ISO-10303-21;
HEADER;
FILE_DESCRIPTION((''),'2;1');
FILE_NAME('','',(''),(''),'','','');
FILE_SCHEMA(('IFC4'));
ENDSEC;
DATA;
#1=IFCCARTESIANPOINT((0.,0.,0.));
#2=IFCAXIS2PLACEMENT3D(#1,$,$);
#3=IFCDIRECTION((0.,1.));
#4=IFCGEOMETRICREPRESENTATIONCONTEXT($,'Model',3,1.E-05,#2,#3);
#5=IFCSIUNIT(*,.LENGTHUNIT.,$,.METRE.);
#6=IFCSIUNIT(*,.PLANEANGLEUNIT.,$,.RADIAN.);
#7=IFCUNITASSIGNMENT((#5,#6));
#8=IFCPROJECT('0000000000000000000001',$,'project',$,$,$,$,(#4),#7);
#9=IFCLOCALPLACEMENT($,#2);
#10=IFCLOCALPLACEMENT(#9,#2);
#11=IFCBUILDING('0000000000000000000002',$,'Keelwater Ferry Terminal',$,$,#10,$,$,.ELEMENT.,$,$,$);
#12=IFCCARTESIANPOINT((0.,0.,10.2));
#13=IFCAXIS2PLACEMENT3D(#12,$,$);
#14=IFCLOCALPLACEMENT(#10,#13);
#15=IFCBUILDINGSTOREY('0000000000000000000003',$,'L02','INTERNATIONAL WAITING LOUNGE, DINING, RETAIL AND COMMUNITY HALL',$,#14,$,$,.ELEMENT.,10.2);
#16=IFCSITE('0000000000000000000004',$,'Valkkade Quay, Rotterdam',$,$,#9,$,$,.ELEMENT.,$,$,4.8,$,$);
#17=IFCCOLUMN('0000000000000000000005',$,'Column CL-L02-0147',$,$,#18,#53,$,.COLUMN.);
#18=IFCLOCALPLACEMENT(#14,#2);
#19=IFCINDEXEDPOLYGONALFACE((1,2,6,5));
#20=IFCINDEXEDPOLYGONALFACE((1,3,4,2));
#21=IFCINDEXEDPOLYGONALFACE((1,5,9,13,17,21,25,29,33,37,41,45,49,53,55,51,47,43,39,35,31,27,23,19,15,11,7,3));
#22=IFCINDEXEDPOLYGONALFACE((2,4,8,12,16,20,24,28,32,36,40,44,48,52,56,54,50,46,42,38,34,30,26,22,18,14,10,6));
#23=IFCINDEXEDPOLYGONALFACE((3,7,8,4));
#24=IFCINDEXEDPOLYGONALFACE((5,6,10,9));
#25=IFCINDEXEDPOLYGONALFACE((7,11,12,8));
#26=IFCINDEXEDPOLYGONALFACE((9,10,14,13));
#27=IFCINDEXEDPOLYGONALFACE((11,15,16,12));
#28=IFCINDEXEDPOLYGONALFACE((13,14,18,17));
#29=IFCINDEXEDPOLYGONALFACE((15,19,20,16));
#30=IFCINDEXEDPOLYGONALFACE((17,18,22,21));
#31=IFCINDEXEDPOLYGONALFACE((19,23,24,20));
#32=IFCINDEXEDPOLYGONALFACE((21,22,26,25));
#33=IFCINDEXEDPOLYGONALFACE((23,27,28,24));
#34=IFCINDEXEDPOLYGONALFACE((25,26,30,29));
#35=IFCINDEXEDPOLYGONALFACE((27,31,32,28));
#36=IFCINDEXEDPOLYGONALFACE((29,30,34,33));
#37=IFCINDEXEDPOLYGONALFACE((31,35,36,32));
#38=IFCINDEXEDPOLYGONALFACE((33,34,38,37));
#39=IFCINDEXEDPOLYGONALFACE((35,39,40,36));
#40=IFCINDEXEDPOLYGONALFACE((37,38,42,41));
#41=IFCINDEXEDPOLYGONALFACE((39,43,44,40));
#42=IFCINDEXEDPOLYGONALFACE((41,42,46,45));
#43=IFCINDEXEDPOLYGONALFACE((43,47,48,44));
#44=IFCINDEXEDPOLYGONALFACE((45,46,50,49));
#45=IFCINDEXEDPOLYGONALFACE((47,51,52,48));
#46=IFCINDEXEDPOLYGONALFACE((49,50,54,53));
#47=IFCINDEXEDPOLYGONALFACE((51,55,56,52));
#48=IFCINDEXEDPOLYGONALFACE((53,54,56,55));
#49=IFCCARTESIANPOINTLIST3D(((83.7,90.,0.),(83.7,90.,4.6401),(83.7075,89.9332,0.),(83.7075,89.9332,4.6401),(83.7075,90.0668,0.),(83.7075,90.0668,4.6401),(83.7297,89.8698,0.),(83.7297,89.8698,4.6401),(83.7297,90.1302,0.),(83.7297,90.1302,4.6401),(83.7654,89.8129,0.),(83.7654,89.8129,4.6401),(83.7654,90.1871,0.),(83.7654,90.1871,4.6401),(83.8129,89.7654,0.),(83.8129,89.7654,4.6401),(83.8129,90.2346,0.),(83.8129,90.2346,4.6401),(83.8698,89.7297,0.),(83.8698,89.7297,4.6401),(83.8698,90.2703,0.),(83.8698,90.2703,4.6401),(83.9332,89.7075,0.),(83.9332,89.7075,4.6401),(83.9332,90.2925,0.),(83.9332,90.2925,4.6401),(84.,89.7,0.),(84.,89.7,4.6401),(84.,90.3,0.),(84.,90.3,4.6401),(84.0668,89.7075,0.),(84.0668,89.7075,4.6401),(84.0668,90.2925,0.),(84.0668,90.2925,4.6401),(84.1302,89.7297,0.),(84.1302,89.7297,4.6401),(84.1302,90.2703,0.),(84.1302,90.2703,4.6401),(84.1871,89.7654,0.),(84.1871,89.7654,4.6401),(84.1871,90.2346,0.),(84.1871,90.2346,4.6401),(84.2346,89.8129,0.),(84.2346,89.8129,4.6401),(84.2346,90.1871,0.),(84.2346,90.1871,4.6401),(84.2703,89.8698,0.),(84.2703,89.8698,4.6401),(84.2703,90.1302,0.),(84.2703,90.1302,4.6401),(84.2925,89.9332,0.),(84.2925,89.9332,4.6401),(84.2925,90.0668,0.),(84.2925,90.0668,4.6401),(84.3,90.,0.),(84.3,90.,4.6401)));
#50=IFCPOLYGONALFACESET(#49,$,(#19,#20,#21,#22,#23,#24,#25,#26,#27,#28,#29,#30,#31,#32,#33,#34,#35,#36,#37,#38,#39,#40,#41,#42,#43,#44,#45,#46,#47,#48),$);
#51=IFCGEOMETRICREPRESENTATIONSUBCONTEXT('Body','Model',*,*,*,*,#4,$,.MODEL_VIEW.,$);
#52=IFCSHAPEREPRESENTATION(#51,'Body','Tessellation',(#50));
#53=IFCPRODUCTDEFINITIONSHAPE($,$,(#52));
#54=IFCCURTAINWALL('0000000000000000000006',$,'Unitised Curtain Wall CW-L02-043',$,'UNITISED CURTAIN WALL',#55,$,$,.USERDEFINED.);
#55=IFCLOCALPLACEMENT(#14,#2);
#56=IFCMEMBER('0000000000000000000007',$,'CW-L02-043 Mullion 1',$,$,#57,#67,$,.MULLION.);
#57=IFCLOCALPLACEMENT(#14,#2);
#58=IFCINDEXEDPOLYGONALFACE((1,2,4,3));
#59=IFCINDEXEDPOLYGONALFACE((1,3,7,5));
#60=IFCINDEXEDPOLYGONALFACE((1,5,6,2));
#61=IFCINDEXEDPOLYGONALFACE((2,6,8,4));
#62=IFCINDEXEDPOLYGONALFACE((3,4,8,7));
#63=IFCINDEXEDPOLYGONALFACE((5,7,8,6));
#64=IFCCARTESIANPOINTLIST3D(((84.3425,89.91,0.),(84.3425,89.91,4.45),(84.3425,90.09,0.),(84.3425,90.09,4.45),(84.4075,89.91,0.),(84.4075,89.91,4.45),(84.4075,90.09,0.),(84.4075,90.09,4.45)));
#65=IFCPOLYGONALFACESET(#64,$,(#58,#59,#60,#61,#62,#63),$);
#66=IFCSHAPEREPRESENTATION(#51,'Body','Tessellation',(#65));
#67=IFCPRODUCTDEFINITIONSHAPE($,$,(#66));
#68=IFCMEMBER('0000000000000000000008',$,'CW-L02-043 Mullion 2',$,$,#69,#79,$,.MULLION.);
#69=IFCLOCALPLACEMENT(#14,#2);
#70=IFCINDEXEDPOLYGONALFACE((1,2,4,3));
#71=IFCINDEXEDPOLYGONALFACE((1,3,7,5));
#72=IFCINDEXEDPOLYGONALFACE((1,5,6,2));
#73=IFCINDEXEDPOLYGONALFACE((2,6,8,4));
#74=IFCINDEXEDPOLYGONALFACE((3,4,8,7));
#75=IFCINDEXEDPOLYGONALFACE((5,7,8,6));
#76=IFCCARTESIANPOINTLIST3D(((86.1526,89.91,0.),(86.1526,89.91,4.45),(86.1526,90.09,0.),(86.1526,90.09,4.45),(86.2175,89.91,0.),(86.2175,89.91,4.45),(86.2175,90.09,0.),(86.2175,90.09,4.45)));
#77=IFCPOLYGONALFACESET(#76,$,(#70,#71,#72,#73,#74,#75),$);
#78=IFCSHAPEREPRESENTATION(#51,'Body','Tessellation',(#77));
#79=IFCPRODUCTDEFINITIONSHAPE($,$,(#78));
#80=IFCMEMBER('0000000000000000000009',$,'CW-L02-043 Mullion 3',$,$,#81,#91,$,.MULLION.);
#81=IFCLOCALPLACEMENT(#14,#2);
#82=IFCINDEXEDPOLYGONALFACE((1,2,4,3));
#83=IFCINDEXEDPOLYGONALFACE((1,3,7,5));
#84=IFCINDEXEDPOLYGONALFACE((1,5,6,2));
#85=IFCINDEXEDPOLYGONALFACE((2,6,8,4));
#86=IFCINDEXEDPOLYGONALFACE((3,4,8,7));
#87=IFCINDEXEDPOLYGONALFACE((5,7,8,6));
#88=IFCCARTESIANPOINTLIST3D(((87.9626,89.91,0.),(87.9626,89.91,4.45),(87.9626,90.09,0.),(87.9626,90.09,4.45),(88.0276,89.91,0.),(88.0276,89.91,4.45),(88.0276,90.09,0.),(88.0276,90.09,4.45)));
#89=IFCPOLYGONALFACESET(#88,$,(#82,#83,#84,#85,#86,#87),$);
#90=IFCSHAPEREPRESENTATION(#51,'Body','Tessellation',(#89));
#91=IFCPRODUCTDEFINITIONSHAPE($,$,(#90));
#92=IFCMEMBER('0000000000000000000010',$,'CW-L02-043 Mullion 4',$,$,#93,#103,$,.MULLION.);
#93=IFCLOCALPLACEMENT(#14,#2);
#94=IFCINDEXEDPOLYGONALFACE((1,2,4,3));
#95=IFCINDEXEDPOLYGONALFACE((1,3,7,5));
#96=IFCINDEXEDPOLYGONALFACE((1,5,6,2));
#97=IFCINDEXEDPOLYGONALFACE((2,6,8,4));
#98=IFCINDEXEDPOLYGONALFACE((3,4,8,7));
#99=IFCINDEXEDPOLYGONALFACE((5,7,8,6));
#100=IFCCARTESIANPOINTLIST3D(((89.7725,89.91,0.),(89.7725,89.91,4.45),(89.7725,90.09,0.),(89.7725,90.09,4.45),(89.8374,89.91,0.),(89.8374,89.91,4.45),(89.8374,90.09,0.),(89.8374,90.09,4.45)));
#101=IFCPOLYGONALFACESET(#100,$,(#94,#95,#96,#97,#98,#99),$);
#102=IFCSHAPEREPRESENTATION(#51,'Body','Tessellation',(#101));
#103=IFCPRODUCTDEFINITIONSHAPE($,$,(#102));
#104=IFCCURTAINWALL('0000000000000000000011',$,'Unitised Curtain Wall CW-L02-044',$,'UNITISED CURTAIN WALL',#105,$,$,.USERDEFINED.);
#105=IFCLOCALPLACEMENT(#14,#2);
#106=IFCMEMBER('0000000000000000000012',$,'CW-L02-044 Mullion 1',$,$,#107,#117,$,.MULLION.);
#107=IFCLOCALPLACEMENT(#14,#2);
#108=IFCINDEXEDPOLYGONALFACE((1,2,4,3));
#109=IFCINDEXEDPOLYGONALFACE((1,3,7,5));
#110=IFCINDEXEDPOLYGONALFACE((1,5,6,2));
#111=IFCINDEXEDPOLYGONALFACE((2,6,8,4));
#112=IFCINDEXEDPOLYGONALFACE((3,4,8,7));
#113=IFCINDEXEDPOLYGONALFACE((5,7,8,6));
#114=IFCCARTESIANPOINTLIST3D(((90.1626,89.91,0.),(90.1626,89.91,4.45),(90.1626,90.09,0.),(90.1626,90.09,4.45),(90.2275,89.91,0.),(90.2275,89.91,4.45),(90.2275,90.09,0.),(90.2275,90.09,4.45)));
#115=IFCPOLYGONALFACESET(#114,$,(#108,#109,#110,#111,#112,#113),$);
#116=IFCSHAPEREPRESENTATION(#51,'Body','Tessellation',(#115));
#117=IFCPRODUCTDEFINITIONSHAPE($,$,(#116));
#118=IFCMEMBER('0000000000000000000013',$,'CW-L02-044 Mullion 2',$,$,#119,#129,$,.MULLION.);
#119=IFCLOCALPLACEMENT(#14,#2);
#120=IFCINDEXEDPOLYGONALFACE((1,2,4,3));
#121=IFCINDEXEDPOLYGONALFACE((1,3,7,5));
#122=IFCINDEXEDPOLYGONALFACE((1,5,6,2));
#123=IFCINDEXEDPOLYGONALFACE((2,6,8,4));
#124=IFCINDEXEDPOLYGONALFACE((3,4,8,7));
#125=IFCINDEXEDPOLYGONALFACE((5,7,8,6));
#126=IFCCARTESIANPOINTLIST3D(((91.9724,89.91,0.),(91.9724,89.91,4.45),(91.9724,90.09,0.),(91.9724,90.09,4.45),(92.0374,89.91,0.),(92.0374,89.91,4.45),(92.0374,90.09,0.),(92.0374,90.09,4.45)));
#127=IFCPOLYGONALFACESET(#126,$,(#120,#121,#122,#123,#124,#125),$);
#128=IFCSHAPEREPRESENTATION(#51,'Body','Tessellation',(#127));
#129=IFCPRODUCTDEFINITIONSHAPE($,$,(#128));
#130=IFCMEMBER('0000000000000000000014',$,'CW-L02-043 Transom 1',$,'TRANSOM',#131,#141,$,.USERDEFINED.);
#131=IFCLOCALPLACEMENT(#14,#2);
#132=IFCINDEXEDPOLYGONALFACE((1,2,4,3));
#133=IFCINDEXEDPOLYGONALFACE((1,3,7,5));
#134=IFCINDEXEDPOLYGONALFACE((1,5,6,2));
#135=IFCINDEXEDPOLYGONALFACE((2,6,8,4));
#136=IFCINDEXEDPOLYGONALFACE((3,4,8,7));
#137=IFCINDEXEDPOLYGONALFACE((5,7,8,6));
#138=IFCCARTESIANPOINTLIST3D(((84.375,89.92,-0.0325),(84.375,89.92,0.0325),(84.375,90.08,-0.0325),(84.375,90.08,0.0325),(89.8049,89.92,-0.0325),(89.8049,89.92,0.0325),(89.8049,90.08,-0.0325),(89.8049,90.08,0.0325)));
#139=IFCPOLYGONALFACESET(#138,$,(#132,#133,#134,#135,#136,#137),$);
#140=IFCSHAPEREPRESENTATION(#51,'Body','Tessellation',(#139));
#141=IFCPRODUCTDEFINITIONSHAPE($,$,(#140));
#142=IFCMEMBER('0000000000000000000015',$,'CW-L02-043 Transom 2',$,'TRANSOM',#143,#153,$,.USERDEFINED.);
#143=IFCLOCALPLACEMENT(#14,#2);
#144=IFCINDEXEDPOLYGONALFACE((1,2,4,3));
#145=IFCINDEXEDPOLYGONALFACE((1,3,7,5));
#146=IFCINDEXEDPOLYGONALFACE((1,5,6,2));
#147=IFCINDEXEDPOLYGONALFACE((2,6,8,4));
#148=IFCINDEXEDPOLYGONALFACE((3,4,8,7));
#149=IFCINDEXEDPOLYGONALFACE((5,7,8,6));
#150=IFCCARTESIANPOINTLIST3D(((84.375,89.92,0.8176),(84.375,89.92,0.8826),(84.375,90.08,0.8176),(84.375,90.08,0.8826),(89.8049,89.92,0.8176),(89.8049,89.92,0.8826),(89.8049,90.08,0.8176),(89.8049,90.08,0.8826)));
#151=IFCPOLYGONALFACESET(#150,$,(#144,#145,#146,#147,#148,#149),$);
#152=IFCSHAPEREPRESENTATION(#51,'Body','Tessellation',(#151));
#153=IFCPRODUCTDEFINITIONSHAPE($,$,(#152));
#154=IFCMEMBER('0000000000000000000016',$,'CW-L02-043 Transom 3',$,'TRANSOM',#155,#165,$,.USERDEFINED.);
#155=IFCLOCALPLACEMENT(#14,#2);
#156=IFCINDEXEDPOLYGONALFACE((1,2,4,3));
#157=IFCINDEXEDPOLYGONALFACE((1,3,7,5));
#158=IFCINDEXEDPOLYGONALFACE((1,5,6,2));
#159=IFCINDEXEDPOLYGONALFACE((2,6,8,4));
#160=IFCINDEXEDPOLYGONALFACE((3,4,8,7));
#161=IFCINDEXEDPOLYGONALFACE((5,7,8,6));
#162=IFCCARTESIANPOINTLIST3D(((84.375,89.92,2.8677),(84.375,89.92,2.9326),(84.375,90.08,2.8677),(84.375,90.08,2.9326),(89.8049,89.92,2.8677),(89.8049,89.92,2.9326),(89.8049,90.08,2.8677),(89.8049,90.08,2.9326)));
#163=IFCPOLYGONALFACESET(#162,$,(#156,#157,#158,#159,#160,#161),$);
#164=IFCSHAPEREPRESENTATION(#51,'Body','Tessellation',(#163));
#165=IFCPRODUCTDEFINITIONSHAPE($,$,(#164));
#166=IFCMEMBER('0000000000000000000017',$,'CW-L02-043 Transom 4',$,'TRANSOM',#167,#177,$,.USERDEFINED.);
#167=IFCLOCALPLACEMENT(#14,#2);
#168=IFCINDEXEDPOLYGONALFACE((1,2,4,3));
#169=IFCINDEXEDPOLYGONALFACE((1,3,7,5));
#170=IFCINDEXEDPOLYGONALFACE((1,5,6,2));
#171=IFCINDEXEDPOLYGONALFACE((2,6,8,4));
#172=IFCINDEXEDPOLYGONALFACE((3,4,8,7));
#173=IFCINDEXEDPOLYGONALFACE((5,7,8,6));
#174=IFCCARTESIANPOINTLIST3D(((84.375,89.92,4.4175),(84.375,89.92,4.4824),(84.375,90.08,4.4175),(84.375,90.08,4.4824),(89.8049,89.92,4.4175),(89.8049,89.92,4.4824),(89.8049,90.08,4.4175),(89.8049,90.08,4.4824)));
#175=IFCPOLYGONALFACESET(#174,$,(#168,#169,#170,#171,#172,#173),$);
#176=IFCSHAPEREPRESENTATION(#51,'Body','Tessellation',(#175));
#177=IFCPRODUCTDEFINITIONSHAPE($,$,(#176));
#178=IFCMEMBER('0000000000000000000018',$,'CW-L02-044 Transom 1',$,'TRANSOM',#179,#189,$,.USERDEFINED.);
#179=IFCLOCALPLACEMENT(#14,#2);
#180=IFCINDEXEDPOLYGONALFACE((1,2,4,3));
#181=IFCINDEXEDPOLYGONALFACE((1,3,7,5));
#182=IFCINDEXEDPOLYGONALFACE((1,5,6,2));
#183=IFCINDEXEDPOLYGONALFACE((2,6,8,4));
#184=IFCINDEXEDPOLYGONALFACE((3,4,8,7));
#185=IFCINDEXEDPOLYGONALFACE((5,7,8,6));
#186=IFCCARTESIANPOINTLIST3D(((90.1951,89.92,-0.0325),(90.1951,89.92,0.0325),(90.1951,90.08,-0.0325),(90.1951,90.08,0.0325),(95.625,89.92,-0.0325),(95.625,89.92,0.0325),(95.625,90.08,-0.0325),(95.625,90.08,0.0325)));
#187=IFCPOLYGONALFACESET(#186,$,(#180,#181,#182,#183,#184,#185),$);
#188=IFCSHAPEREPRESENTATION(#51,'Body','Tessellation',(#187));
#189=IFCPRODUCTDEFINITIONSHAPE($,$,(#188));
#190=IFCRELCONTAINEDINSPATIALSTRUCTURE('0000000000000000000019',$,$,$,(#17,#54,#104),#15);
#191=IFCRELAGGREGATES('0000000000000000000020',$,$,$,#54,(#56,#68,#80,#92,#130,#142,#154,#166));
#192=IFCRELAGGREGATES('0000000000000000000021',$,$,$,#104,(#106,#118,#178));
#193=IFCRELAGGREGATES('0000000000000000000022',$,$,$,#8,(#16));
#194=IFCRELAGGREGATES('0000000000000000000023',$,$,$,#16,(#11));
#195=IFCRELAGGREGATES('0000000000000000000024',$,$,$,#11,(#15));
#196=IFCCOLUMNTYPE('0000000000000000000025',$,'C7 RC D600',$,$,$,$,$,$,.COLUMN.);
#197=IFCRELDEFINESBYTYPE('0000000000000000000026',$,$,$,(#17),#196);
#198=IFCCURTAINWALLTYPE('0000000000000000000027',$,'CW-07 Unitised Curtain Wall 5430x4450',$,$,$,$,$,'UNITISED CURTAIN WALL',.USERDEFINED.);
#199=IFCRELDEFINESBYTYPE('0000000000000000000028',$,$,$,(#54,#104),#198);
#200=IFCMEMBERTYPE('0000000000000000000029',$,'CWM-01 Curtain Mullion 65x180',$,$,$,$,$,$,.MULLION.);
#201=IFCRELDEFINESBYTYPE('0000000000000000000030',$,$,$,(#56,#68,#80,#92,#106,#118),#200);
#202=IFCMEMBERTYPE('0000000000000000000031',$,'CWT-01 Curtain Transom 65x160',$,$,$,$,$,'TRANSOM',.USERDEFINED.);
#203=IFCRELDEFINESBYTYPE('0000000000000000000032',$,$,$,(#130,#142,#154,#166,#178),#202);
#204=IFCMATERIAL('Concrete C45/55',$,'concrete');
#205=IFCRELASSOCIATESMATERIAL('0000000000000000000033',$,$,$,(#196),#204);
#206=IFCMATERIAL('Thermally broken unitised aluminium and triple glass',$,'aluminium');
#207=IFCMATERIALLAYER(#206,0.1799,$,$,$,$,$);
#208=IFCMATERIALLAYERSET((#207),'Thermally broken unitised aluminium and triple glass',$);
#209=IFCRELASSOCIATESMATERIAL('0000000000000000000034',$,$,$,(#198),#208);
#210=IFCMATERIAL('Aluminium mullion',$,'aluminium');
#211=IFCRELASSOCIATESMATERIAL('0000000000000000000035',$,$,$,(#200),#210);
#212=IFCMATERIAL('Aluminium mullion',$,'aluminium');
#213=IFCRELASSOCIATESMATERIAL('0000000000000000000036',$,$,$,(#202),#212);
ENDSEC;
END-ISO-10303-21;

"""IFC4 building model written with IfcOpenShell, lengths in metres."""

from ifc_helpers import new_model, si_unit, direction, frame, origin, origin_2d, place, context, subcontext, project, spatial, rectangle, circle, extrude, material, layer, layer_set, material_profile, profile_set, type_object, element, aggregate, save


model = new_model("IFC4")

# Units and contexts
model_context = context("Model", 3, precision=1e-05, world=origin(), true_north=direction((0.0, 1.0)))
body_context = subcontext(model_context, "Body", "Model", "MODEL_VIEW")
ifc_project = project(units=[si_unit("LENGTHUNIT", "METRE"), si_unit("PLANEANGLEUNIT", "RADIAN")], contexts=[model_context])

# Site, building, storey
site_placement = place(None, origin())
site = spatial("IfcSite", under=ifc_project, at=site_placement, Name="Valkkade Quay, Rotterdam", CompositionType="ELEMENT", RefElevation=4.8)
building_placement = place(site_placement, origin())
building = spatial("IfcBuilding", under=site, at=building_placement, Name="Keelwater Ferry Terminal", CompositionType="ELEMENT")
storey_placement = place(building_placement, frame((0.0, 0.0, 10.2)))
storey = spatial("IfcBuildingStorey", under=building, at=storey_placement, Name="L02", Description="INTERNATIONAL WAITING LOUNGE, DINING, RETAIL AND COMMUNITY HALL", CompositionType="ELEMENT", Elevation=10.2)

# Column
ifc_material_1 = material(Name="Concrete C45/55", Category="concrete")
ifc_material_profile_1 = material_profile(ifc_material_1, circle(Radius=0.3, at=origin_2d()), Name="RC D600")
ifc_profile_set_1 = profile_set([ifc_material_profile_1], Name="Concrete C45/55")
column_type = type_object("IfcColumnType", Name="C7 RC D600", PredefinedType="COLUMN", material=ifc_profile_set_1)
column_placement = place(storey_placement, frame((84.0, 90.0, 0.0), z_axis=(0.0, 0.0, 1.0), x_axis=(1.0, 0.0, 0.0)))
element("IfcColumn", 1, at=column_placement, inside=storey, type_object=column_type, Name="Column CL-L02-0147", PredefinedType="COLUMN", context=body_context, shape_type="SweptSolid", body=[
    extrude(circle(Radius=0.3, at=origin_2d()), origin(), (0.0, 0.0, 1.0), 4.6401),
])

# Curtain walls, members
ifc_material_2 = material(Name="Thermally broken unitised aluminium and triple glass", Category="aluminium")
ifc_layer_1 = layer(ifc_material_2, 0.1799)
ifc_layer_set_1 = layer_set([ifc_layer_1], Name="Thermally broken unitised aluminium and triple glass")
curtain_wall_type = type_object("IfcCurtainWallType", Name="CW-07 Unitised Curtain Wall 5430x4450", ElementType="UNITISED CURTAIN WALL", PredefinedType="USERDEFINED", material=ifc_layer_set_1)
curtain_wall_1_placement = place(storey_placement, origin())
curtain_wall_1 = element("IfcCurtainWall", 2, at=curtain_wall_1_placement, inside=storey, type_object=curtain_wall_type, Name="Unitised Curtain Wall CW-L02-043", ObjectType="UNITISED CURTAIN WALL", PredefinedType="USERDEFINED")
ifc_material_3 = material(Name="Aluminium mullion", Category="aluminium")
ifc_material_profile_2 = material_profile(ifc_material_3, rectangle(XDim=0.0649, YDim=0.1799, at=origin_2d()), Name="CWM-01")
ifc_profile_set_2 = profile_set([ifc_material_profile_2], Name="Aluminium mullion")
member_type_1 = type_object("IfcMemberType", Name="CWM-01 Curtain Mullion 65x180", PredefinedType="MULLION", material=ifc_profile_set_2)
member_1_placement = place(storey_placement, frame((84.375, 90.0, 0.0), z_axis=(0.0, 0.0, 1.0), x_axis=(1.0, 0.0, 0.0)))
member_1 = element("IfcMember", 3, at=member_1_placement, type_object=member_type_1, Name="CW-L02-043 Mullion 1", PredefinedType="MULLION", context=body_context, shape_type="SweptSolid", body=[
    extrude(rectangle(XDim=0.0649, YDim=0.1799, at=origin_2d()), origin(), (0.0, 0.0, 1.0), 4.45),
])
member_2_placement = place(storey_placement, frame((86.1851, 90.0, 0.0), z_axis=(0.0, 0.0, 1.0), x_axis=(1.0, 0.0, 0.0)))
member_2 = element("IfcMember", 4, at=member_2_placement, type_object=member_type_1, Name="CW-L02-043 Mullion 2", PredefinedType="MULLION", context=body_context, shape_type="SweptSolid", body=[
    extrude(rectangle(XDim=0.0649, YDim=0.1799, at=origin_2d()), origin(), (0.0, 0.0, 1.0), 4.45),
])
member_3_placement = place(storey_placement, frame((87.9951, 90.0, 0.0), z_axis=(0.0, 0.0, 1.0), x_axis=(1.0, 0.0, 0.0)))
member_3 = element("IfcMember", 5, at=member_3_placement, type_object=member_type_1, Name="CW-L02-043 Mullion 3", PredefinedType="MULLION", context=body_context, shape_type="SweptSolid", body=[
    extrude(rectangle(XDim=0.0649, YDim=0.1799, at=origin_2d()), origin(), (0.0, 0.0, 1.0), 4.45),
])
member_4_placement = place(storey_placement, frame((89.8049, 90.0, 0.0), z_axis=(0.0, 0.0, 1.0), x_axis=(1.0, 0.0, 0.0)))
member_4 = element("IfcMember", 6, at=member_4_placement, type_object=member_type_1, Name="CW-L02-043 Mullion 4", PredefinedType="MULLION", context=body_context, shape_type="SweptSolid", body=[
    extrude(rectangle(XDim=0.0649, YDim=0.1799, at=origin_2d()), origin(), (0.0, 0.0, 1.0), 4.45),
])
curtain_wall_2_placement = place(storey_placement, origin())
curtain_wall_2 = element("IfcCurtainWall", 7, at=curtain_wall_2_placement, inside=storey, type_object=curtain_wall_type, Name="Unitised Curtain Wall CW-L02-044", ObjectType="UNITISED CURTAIN WALL", PredefinedType="USERDEFINED")
member_5_placement = place(storey_placement, frame((90.1951, 90.0, 0.0), z_axis=(0.0, 0.0, 1.0), x_axis=(1.0, 0.0, 0.0)))
member_5 = element("IfcMember", 8, at=member_5_placement, type_object=member_type_1, Name="CW-L02-044 Mullion 1", PredefinedType="MULLION", context=body_context, shape_type="SweptSolid", body=[
    extrude(rectangle(XDim=0.0649, YDim=0.1799, at=origin_2d()), origin(), (0.0, 0.0, 1.0), 4.45),
])
member_6_placement = place(storey_placement, frame((92.0049, 90.0, 0.0), z_axis=(0.0, 0.0, 1.0), x_axis=(1.0, 0.0, 0.0)))
member_6 = element("IfcMember", 9, at=member_6_placement, type_object=member_type_1, Name="CW-L02-044 Mullion 2", PredefinedType="MULLION", context=body_context, shape_type="SweptSolid", body=[
    extrude(rectangle(XDim=0.0649, YDim=0.1799, at=origin_2d()), origin(), (0.0, 0.0, 1.0), 4.45),
])

# Members
ifc_material_4 = material(Name="Aluminium mullion", Category="aluminium")
ifc_material_profile_3 = material_profile(ifc_material_4, rectangle(XDim=0.1599, YDim=0.0649, at=origin_2d()), Name="CWT-01")
ifc_profile_set_3 = profile_set([ifc_material_profile_3], Name="Aluminium mullion")
member_type_2 = type_object("IfcMemberType", Name="CWT-01 Curtain Transom 65x160", ElementType="TRANSOM", PredefinedType="USERDEFINED", material=ifc_profile_set_3)
member_7_placement = place(storey_placement, frame((84.375, 90.0, 0.0), z_axis=(1.0, 0.0, 0.0), x_axis=(0.0, 1.0, 0.0)))
member_7 = element("IfcMember", 10, at=member_7_placement, type_object=member_type_2, Name="CW-L02-043 Transom 1", ObjectType="TRANSOM", PredefinedType="USERDEFINED", context=body_context, shape_type="SweptSolid", body=[
    extrude(rectangle(XDim=0.1599, YDim=0.0649, at=origin_2d()), origin(), (0.0, 0.0, 1.0), 5.4299),
])
member_8_placement = place(storey_placement, frame((84.375, 90.0, 0.8501), z_axis=(1.0, 0.0, 0.0), x_axis=(0.0, 1.0, 0.0)))
member_8 = element("IfcMember", 11, at=member_8_placement, type_object=member_type_2, Name="CW-L02-043 Transom 2", ObjectType="TRANSOM", PredefinedType="USERDEFINED", context=body_context, shape_type="SweptSolid", body=[
    extrude(rectangle(XDim=0.1599, YDim=0.0649, at=origin_2d()), origin(), (0.0, 0.0, 1.0), 5.4299),
])
member_9_placement = place(storey_placement, frame((84.375, 90.0, 2.9001), z_axis=(1.0, 0.0, 0.0), x_axis=(0.0, 1.0, 0.0)))
member_9 = element("IfcMember", 12, at=member_9_placement, type_object=member_type_2, Name="CW-L02-043 Transom 3", ObjectType="TRANSOM", PredefinedType="USERDEFINED", context=body_context, shape_type="SweptSolid", body=[
    extrude(rectangle(XDim=0.1599, YDim=0.0649, at=origin_2d()), origin(), (0.0, 0.0, 1.0), 5.4299),
])
member_10_placement = place(storey_placement, frame((84.375, 90.0, 4.45), z_axis=(1.0, 0.0, 0.0), x_axis=(0.0, 1.0, 0.0)))
member_10 = element("IfcMember", 13, at=member_10_placement, type_object=member_type_2, Name="CW-L02-043 Transom 4", ObjectType="TRANSOM", PredefinedType="USERDEFINED", context=body_context, shape_type="SweptSolid", body=[
    extrude(rectangle(XDim=0.1599, YDim=0.0649, at=origin_2d()), origin(), (0.0, 0.0, 1.0), 5.4299),
])
member_11_placement = place(storey_placement, frame((90.1951, 90.0, 0.0), z_axis=(1.0, 0.0, 0.0), x_axis=(0.0, 1.0, 0.0)))
member_11 = element("IfcMember", 14, at=member_11_placement, type_object=member_type_2, Name="CW-L02-044 Transom 1", ObjectType="TRANSOM", PredefinedType="USERDEFINED", context=body_context, shape_type="SweptSolid", body=[
    extrude(rectangle(XDim=0.1599, YDim=0.0649, at=origin_2d()), origin(), (0.0, 0.0, 1.0), 5.4299),
])

aggregate(curtain_wall_1, [member_1, member_2, member_3, member_4, member_7, member_8, member_9, member_10])
aggregate(curtain_wall_2, [member_5, member_6, member_11])

save(model, "model.ifc")
